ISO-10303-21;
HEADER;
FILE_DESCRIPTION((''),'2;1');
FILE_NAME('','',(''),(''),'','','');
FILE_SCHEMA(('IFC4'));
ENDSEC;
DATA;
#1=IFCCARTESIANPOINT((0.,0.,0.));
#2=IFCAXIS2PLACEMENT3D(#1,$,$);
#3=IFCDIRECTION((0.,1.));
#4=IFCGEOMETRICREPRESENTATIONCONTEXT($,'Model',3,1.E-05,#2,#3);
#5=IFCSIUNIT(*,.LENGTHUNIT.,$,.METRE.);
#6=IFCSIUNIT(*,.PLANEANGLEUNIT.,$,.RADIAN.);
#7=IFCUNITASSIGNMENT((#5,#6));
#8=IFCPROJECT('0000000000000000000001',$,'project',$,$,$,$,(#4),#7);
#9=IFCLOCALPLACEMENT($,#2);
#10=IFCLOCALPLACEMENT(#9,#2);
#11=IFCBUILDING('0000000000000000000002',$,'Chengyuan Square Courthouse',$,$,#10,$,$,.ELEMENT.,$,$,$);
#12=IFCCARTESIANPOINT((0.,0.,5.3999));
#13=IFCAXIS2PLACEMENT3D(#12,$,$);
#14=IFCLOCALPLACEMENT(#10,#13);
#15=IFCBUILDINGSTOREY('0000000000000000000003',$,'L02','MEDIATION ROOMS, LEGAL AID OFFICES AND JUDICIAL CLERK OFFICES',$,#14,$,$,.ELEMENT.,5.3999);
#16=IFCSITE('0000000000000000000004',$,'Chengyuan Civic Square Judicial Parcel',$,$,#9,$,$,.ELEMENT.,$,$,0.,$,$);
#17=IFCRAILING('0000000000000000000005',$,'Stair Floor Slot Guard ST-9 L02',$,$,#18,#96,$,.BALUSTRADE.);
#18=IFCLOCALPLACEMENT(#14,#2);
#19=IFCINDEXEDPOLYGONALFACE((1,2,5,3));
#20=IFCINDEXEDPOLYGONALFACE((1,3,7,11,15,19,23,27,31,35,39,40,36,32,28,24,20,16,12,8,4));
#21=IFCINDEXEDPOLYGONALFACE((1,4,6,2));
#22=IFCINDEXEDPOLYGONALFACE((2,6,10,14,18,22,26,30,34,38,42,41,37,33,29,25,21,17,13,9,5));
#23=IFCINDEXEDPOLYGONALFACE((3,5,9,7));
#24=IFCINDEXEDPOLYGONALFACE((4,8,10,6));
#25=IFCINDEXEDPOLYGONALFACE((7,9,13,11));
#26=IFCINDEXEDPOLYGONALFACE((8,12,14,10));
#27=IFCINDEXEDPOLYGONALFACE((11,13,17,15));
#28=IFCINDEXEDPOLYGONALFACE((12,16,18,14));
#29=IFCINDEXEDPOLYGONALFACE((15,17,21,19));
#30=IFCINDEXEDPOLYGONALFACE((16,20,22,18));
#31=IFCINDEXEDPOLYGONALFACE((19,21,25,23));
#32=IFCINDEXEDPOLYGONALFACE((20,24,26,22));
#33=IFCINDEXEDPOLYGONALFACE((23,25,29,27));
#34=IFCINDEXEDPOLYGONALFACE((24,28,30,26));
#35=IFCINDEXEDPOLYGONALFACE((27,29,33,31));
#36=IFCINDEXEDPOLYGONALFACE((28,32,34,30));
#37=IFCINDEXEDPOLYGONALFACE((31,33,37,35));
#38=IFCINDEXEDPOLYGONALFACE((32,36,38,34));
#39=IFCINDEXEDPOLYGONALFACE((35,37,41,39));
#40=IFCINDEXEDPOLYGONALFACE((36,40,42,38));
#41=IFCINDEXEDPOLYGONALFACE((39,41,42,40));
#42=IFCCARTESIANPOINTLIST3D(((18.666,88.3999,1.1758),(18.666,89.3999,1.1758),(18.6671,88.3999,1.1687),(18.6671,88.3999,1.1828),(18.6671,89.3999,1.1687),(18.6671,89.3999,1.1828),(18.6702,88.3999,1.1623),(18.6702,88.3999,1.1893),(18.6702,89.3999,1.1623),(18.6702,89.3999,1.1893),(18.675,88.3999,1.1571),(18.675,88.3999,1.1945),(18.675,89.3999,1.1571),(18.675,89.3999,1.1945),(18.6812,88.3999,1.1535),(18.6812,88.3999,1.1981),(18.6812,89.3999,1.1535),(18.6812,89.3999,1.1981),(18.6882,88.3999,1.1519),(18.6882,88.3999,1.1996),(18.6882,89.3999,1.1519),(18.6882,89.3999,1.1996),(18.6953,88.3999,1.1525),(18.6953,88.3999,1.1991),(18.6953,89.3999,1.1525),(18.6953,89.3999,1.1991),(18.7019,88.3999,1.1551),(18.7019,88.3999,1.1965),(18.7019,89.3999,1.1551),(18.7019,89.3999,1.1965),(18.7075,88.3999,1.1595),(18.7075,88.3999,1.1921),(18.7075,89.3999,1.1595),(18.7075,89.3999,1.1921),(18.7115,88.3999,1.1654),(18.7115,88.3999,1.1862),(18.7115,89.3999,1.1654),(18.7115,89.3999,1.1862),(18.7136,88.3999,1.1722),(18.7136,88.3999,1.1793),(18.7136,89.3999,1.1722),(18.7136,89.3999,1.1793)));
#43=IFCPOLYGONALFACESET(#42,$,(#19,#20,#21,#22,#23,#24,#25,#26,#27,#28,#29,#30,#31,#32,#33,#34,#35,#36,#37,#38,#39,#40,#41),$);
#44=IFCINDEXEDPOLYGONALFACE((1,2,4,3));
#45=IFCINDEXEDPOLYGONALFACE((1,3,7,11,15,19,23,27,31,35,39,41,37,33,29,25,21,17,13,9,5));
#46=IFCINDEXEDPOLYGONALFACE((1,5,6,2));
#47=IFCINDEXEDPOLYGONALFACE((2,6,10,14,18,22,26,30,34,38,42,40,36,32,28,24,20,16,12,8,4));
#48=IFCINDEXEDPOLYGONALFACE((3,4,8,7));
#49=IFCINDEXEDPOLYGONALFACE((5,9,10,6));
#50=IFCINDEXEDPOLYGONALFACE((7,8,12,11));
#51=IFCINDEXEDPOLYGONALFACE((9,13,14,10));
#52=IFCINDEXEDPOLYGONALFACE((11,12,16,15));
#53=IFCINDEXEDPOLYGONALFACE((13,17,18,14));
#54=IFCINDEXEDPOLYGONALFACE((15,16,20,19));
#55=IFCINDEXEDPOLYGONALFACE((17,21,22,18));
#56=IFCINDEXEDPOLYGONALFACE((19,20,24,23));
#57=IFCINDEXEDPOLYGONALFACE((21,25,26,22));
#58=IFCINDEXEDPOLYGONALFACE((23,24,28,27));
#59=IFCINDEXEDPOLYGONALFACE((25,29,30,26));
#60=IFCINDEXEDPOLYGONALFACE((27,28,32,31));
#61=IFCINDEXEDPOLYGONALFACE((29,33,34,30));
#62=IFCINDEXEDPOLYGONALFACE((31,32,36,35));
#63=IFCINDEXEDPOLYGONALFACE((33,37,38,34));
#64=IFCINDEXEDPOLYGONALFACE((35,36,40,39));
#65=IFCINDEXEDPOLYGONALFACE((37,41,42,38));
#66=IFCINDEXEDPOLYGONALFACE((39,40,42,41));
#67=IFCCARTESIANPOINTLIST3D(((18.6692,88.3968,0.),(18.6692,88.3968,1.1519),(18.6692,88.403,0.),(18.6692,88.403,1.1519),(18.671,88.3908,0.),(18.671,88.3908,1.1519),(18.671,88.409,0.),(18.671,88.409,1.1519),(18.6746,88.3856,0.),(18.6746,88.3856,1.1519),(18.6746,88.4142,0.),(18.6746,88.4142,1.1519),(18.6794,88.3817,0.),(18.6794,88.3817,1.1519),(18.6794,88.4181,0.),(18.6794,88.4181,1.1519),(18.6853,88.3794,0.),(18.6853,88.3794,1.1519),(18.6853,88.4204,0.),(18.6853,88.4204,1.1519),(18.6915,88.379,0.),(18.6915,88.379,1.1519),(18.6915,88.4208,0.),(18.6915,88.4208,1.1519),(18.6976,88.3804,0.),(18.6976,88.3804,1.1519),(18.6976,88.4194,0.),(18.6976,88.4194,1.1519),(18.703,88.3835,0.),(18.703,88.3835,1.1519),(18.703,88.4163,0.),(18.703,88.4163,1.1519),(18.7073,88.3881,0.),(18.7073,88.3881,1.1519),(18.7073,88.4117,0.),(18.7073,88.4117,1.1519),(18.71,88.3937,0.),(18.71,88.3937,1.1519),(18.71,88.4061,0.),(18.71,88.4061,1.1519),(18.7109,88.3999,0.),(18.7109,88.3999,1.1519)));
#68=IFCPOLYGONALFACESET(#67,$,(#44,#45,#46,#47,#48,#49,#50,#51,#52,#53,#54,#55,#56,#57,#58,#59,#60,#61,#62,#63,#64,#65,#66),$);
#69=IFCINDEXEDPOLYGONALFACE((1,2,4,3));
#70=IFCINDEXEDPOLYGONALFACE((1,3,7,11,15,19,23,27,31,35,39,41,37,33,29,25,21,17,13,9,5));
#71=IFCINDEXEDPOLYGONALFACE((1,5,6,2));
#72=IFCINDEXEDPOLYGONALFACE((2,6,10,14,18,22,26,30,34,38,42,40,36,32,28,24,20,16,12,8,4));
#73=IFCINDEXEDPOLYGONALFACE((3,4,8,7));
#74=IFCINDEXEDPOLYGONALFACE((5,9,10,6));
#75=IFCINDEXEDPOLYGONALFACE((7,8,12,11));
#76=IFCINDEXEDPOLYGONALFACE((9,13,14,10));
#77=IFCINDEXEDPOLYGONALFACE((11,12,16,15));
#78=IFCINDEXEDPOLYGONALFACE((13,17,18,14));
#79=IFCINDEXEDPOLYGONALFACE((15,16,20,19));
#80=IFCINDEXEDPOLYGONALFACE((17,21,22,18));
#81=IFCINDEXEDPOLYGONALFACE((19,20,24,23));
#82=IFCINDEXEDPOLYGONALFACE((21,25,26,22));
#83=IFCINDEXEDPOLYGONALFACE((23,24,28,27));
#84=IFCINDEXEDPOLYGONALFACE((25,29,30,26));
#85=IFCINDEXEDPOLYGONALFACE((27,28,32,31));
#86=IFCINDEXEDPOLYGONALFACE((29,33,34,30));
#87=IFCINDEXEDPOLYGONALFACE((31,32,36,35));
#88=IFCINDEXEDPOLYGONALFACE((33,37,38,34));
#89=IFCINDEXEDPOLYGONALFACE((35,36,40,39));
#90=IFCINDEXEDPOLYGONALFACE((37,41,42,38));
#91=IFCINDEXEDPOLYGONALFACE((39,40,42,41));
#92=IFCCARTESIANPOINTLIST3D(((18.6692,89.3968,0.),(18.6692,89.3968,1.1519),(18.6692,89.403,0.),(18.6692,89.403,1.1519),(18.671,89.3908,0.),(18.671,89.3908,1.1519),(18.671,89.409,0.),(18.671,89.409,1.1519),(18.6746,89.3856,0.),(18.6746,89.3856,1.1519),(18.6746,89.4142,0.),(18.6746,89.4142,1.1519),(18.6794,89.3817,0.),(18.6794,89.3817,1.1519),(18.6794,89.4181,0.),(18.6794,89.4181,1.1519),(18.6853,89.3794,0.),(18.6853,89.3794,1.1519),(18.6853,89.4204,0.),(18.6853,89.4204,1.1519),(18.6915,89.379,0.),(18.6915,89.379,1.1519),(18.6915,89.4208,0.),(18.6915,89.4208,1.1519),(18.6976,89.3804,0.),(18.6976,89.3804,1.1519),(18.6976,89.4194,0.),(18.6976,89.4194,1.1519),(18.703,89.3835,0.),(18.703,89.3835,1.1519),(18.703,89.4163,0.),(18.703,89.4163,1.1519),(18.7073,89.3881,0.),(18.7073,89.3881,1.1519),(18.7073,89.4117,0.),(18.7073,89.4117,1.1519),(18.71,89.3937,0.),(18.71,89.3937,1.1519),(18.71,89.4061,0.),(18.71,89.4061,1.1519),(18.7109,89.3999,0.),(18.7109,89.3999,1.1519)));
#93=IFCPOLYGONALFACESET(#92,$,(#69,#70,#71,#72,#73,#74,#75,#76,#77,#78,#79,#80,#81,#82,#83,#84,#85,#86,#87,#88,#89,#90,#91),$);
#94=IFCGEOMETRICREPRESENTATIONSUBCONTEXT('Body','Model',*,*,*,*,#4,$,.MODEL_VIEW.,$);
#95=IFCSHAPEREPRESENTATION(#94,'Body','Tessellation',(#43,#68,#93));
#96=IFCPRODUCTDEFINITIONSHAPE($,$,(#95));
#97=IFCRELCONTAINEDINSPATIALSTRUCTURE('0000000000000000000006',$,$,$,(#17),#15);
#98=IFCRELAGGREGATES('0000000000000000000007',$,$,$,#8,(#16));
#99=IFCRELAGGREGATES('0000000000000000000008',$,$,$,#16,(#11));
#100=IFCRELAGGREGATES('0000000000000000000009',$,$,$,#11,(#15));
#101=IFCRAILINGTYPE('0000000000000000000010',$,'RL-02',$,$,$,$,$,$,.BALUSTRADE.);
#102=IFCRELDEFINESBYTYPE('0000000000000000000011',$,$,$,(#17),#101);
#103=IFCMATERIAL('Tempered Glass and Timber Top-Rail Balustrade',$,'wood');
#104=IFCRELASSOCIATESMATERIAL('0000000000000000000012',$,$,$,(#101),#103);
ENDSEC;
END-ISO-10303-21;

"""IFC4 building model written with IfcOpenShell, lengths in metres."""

from ifc_helpers import new_model, si_unit, direction, frame, origin, origin_2d, place, context, subcontext, project, spatial, circle, extrude, material, type_object, element, save


model = new_model("IFC4")

# Units and contexts
model_context = context("Model", 3, precision=1e-05, world=origin(), true_north=direction((0.0, 1.0)))
body_context = subcontext(model_context, "Body", "Model", "MODEL_VIEW")
ifc_project = project(units=[si_unit("LENGTHUNIT", "METRE"), si_unit("PLANEANGLEUNIT", "RADIAN")], contexts=[model_context])

# Site, building, storey
site_placement = place(None, origin())
site = spatial("IfcSite", under=ifc_project, at=site_placement, Name="Chengyuan Civic Square Judicial Parcel", CompositionType="ELEMENT", RefElevation=0.0)
building_placement = place(site_placement, origin())
building = spatial("IfcBuilding", under=site, at=building_placement, Name="Chengyuan Square Courthouse", CompositionType="ELEMENT")
storey_placement = place(building_placement, frame((0.0, 0.0, 5.3999)))
storey = spatial("IfcBuildingStorey", under=building, at=storey_placement, Name="L02", Description="MEDIATION ROOMS, LEGAL AID OFFICES AND JUDICIAL CLERK OFFICES", CompositionType="ELEMENT", Elevation=5.3999)

# Railing
ifc_material_1 = material(Name="Tempered Glass and Timber Top-Rail Balustrade", Category="wood")
railing_type_1 = type_object("IfcRailingType", Name="RL-02", PredefinedType="BALUSTRADE", material=ifc_material_1)
railing_1_placement = place(storey_placement, frame((18.6899, 88.3999, 0.0)))
element("IfcRailing", 1, at=railing_1_placement, inside=storey, type_object=railing_type_1, Name="Stair Floor Slot Guard ST-9 L02", PredefinedType="BALUSTRADE", context=body_context, shape_type="SweptSolid", body=[
    extrude(circle(Radius=0.0239, at=origin_2d()), frame((0.0, 0.0, 1.1758), z_axis=(0.0, 1.0, 0.0), x_axis=(-1.0, 0.0, 0.0)), (0.0, 0.0, 1.0), 1.0),
    extrude(circle(Radius=0.021, at=origin_2d()), origin(), (0.0, 0.0, 1.0), 1.1519),
    extrude(circle(Radius=0.021, at=origin_2d()), frame((0.0, 1.0, 0.0)), (0.0, 0.0, 1.0), 1.1519),
])

save(model, "model.ifc")
